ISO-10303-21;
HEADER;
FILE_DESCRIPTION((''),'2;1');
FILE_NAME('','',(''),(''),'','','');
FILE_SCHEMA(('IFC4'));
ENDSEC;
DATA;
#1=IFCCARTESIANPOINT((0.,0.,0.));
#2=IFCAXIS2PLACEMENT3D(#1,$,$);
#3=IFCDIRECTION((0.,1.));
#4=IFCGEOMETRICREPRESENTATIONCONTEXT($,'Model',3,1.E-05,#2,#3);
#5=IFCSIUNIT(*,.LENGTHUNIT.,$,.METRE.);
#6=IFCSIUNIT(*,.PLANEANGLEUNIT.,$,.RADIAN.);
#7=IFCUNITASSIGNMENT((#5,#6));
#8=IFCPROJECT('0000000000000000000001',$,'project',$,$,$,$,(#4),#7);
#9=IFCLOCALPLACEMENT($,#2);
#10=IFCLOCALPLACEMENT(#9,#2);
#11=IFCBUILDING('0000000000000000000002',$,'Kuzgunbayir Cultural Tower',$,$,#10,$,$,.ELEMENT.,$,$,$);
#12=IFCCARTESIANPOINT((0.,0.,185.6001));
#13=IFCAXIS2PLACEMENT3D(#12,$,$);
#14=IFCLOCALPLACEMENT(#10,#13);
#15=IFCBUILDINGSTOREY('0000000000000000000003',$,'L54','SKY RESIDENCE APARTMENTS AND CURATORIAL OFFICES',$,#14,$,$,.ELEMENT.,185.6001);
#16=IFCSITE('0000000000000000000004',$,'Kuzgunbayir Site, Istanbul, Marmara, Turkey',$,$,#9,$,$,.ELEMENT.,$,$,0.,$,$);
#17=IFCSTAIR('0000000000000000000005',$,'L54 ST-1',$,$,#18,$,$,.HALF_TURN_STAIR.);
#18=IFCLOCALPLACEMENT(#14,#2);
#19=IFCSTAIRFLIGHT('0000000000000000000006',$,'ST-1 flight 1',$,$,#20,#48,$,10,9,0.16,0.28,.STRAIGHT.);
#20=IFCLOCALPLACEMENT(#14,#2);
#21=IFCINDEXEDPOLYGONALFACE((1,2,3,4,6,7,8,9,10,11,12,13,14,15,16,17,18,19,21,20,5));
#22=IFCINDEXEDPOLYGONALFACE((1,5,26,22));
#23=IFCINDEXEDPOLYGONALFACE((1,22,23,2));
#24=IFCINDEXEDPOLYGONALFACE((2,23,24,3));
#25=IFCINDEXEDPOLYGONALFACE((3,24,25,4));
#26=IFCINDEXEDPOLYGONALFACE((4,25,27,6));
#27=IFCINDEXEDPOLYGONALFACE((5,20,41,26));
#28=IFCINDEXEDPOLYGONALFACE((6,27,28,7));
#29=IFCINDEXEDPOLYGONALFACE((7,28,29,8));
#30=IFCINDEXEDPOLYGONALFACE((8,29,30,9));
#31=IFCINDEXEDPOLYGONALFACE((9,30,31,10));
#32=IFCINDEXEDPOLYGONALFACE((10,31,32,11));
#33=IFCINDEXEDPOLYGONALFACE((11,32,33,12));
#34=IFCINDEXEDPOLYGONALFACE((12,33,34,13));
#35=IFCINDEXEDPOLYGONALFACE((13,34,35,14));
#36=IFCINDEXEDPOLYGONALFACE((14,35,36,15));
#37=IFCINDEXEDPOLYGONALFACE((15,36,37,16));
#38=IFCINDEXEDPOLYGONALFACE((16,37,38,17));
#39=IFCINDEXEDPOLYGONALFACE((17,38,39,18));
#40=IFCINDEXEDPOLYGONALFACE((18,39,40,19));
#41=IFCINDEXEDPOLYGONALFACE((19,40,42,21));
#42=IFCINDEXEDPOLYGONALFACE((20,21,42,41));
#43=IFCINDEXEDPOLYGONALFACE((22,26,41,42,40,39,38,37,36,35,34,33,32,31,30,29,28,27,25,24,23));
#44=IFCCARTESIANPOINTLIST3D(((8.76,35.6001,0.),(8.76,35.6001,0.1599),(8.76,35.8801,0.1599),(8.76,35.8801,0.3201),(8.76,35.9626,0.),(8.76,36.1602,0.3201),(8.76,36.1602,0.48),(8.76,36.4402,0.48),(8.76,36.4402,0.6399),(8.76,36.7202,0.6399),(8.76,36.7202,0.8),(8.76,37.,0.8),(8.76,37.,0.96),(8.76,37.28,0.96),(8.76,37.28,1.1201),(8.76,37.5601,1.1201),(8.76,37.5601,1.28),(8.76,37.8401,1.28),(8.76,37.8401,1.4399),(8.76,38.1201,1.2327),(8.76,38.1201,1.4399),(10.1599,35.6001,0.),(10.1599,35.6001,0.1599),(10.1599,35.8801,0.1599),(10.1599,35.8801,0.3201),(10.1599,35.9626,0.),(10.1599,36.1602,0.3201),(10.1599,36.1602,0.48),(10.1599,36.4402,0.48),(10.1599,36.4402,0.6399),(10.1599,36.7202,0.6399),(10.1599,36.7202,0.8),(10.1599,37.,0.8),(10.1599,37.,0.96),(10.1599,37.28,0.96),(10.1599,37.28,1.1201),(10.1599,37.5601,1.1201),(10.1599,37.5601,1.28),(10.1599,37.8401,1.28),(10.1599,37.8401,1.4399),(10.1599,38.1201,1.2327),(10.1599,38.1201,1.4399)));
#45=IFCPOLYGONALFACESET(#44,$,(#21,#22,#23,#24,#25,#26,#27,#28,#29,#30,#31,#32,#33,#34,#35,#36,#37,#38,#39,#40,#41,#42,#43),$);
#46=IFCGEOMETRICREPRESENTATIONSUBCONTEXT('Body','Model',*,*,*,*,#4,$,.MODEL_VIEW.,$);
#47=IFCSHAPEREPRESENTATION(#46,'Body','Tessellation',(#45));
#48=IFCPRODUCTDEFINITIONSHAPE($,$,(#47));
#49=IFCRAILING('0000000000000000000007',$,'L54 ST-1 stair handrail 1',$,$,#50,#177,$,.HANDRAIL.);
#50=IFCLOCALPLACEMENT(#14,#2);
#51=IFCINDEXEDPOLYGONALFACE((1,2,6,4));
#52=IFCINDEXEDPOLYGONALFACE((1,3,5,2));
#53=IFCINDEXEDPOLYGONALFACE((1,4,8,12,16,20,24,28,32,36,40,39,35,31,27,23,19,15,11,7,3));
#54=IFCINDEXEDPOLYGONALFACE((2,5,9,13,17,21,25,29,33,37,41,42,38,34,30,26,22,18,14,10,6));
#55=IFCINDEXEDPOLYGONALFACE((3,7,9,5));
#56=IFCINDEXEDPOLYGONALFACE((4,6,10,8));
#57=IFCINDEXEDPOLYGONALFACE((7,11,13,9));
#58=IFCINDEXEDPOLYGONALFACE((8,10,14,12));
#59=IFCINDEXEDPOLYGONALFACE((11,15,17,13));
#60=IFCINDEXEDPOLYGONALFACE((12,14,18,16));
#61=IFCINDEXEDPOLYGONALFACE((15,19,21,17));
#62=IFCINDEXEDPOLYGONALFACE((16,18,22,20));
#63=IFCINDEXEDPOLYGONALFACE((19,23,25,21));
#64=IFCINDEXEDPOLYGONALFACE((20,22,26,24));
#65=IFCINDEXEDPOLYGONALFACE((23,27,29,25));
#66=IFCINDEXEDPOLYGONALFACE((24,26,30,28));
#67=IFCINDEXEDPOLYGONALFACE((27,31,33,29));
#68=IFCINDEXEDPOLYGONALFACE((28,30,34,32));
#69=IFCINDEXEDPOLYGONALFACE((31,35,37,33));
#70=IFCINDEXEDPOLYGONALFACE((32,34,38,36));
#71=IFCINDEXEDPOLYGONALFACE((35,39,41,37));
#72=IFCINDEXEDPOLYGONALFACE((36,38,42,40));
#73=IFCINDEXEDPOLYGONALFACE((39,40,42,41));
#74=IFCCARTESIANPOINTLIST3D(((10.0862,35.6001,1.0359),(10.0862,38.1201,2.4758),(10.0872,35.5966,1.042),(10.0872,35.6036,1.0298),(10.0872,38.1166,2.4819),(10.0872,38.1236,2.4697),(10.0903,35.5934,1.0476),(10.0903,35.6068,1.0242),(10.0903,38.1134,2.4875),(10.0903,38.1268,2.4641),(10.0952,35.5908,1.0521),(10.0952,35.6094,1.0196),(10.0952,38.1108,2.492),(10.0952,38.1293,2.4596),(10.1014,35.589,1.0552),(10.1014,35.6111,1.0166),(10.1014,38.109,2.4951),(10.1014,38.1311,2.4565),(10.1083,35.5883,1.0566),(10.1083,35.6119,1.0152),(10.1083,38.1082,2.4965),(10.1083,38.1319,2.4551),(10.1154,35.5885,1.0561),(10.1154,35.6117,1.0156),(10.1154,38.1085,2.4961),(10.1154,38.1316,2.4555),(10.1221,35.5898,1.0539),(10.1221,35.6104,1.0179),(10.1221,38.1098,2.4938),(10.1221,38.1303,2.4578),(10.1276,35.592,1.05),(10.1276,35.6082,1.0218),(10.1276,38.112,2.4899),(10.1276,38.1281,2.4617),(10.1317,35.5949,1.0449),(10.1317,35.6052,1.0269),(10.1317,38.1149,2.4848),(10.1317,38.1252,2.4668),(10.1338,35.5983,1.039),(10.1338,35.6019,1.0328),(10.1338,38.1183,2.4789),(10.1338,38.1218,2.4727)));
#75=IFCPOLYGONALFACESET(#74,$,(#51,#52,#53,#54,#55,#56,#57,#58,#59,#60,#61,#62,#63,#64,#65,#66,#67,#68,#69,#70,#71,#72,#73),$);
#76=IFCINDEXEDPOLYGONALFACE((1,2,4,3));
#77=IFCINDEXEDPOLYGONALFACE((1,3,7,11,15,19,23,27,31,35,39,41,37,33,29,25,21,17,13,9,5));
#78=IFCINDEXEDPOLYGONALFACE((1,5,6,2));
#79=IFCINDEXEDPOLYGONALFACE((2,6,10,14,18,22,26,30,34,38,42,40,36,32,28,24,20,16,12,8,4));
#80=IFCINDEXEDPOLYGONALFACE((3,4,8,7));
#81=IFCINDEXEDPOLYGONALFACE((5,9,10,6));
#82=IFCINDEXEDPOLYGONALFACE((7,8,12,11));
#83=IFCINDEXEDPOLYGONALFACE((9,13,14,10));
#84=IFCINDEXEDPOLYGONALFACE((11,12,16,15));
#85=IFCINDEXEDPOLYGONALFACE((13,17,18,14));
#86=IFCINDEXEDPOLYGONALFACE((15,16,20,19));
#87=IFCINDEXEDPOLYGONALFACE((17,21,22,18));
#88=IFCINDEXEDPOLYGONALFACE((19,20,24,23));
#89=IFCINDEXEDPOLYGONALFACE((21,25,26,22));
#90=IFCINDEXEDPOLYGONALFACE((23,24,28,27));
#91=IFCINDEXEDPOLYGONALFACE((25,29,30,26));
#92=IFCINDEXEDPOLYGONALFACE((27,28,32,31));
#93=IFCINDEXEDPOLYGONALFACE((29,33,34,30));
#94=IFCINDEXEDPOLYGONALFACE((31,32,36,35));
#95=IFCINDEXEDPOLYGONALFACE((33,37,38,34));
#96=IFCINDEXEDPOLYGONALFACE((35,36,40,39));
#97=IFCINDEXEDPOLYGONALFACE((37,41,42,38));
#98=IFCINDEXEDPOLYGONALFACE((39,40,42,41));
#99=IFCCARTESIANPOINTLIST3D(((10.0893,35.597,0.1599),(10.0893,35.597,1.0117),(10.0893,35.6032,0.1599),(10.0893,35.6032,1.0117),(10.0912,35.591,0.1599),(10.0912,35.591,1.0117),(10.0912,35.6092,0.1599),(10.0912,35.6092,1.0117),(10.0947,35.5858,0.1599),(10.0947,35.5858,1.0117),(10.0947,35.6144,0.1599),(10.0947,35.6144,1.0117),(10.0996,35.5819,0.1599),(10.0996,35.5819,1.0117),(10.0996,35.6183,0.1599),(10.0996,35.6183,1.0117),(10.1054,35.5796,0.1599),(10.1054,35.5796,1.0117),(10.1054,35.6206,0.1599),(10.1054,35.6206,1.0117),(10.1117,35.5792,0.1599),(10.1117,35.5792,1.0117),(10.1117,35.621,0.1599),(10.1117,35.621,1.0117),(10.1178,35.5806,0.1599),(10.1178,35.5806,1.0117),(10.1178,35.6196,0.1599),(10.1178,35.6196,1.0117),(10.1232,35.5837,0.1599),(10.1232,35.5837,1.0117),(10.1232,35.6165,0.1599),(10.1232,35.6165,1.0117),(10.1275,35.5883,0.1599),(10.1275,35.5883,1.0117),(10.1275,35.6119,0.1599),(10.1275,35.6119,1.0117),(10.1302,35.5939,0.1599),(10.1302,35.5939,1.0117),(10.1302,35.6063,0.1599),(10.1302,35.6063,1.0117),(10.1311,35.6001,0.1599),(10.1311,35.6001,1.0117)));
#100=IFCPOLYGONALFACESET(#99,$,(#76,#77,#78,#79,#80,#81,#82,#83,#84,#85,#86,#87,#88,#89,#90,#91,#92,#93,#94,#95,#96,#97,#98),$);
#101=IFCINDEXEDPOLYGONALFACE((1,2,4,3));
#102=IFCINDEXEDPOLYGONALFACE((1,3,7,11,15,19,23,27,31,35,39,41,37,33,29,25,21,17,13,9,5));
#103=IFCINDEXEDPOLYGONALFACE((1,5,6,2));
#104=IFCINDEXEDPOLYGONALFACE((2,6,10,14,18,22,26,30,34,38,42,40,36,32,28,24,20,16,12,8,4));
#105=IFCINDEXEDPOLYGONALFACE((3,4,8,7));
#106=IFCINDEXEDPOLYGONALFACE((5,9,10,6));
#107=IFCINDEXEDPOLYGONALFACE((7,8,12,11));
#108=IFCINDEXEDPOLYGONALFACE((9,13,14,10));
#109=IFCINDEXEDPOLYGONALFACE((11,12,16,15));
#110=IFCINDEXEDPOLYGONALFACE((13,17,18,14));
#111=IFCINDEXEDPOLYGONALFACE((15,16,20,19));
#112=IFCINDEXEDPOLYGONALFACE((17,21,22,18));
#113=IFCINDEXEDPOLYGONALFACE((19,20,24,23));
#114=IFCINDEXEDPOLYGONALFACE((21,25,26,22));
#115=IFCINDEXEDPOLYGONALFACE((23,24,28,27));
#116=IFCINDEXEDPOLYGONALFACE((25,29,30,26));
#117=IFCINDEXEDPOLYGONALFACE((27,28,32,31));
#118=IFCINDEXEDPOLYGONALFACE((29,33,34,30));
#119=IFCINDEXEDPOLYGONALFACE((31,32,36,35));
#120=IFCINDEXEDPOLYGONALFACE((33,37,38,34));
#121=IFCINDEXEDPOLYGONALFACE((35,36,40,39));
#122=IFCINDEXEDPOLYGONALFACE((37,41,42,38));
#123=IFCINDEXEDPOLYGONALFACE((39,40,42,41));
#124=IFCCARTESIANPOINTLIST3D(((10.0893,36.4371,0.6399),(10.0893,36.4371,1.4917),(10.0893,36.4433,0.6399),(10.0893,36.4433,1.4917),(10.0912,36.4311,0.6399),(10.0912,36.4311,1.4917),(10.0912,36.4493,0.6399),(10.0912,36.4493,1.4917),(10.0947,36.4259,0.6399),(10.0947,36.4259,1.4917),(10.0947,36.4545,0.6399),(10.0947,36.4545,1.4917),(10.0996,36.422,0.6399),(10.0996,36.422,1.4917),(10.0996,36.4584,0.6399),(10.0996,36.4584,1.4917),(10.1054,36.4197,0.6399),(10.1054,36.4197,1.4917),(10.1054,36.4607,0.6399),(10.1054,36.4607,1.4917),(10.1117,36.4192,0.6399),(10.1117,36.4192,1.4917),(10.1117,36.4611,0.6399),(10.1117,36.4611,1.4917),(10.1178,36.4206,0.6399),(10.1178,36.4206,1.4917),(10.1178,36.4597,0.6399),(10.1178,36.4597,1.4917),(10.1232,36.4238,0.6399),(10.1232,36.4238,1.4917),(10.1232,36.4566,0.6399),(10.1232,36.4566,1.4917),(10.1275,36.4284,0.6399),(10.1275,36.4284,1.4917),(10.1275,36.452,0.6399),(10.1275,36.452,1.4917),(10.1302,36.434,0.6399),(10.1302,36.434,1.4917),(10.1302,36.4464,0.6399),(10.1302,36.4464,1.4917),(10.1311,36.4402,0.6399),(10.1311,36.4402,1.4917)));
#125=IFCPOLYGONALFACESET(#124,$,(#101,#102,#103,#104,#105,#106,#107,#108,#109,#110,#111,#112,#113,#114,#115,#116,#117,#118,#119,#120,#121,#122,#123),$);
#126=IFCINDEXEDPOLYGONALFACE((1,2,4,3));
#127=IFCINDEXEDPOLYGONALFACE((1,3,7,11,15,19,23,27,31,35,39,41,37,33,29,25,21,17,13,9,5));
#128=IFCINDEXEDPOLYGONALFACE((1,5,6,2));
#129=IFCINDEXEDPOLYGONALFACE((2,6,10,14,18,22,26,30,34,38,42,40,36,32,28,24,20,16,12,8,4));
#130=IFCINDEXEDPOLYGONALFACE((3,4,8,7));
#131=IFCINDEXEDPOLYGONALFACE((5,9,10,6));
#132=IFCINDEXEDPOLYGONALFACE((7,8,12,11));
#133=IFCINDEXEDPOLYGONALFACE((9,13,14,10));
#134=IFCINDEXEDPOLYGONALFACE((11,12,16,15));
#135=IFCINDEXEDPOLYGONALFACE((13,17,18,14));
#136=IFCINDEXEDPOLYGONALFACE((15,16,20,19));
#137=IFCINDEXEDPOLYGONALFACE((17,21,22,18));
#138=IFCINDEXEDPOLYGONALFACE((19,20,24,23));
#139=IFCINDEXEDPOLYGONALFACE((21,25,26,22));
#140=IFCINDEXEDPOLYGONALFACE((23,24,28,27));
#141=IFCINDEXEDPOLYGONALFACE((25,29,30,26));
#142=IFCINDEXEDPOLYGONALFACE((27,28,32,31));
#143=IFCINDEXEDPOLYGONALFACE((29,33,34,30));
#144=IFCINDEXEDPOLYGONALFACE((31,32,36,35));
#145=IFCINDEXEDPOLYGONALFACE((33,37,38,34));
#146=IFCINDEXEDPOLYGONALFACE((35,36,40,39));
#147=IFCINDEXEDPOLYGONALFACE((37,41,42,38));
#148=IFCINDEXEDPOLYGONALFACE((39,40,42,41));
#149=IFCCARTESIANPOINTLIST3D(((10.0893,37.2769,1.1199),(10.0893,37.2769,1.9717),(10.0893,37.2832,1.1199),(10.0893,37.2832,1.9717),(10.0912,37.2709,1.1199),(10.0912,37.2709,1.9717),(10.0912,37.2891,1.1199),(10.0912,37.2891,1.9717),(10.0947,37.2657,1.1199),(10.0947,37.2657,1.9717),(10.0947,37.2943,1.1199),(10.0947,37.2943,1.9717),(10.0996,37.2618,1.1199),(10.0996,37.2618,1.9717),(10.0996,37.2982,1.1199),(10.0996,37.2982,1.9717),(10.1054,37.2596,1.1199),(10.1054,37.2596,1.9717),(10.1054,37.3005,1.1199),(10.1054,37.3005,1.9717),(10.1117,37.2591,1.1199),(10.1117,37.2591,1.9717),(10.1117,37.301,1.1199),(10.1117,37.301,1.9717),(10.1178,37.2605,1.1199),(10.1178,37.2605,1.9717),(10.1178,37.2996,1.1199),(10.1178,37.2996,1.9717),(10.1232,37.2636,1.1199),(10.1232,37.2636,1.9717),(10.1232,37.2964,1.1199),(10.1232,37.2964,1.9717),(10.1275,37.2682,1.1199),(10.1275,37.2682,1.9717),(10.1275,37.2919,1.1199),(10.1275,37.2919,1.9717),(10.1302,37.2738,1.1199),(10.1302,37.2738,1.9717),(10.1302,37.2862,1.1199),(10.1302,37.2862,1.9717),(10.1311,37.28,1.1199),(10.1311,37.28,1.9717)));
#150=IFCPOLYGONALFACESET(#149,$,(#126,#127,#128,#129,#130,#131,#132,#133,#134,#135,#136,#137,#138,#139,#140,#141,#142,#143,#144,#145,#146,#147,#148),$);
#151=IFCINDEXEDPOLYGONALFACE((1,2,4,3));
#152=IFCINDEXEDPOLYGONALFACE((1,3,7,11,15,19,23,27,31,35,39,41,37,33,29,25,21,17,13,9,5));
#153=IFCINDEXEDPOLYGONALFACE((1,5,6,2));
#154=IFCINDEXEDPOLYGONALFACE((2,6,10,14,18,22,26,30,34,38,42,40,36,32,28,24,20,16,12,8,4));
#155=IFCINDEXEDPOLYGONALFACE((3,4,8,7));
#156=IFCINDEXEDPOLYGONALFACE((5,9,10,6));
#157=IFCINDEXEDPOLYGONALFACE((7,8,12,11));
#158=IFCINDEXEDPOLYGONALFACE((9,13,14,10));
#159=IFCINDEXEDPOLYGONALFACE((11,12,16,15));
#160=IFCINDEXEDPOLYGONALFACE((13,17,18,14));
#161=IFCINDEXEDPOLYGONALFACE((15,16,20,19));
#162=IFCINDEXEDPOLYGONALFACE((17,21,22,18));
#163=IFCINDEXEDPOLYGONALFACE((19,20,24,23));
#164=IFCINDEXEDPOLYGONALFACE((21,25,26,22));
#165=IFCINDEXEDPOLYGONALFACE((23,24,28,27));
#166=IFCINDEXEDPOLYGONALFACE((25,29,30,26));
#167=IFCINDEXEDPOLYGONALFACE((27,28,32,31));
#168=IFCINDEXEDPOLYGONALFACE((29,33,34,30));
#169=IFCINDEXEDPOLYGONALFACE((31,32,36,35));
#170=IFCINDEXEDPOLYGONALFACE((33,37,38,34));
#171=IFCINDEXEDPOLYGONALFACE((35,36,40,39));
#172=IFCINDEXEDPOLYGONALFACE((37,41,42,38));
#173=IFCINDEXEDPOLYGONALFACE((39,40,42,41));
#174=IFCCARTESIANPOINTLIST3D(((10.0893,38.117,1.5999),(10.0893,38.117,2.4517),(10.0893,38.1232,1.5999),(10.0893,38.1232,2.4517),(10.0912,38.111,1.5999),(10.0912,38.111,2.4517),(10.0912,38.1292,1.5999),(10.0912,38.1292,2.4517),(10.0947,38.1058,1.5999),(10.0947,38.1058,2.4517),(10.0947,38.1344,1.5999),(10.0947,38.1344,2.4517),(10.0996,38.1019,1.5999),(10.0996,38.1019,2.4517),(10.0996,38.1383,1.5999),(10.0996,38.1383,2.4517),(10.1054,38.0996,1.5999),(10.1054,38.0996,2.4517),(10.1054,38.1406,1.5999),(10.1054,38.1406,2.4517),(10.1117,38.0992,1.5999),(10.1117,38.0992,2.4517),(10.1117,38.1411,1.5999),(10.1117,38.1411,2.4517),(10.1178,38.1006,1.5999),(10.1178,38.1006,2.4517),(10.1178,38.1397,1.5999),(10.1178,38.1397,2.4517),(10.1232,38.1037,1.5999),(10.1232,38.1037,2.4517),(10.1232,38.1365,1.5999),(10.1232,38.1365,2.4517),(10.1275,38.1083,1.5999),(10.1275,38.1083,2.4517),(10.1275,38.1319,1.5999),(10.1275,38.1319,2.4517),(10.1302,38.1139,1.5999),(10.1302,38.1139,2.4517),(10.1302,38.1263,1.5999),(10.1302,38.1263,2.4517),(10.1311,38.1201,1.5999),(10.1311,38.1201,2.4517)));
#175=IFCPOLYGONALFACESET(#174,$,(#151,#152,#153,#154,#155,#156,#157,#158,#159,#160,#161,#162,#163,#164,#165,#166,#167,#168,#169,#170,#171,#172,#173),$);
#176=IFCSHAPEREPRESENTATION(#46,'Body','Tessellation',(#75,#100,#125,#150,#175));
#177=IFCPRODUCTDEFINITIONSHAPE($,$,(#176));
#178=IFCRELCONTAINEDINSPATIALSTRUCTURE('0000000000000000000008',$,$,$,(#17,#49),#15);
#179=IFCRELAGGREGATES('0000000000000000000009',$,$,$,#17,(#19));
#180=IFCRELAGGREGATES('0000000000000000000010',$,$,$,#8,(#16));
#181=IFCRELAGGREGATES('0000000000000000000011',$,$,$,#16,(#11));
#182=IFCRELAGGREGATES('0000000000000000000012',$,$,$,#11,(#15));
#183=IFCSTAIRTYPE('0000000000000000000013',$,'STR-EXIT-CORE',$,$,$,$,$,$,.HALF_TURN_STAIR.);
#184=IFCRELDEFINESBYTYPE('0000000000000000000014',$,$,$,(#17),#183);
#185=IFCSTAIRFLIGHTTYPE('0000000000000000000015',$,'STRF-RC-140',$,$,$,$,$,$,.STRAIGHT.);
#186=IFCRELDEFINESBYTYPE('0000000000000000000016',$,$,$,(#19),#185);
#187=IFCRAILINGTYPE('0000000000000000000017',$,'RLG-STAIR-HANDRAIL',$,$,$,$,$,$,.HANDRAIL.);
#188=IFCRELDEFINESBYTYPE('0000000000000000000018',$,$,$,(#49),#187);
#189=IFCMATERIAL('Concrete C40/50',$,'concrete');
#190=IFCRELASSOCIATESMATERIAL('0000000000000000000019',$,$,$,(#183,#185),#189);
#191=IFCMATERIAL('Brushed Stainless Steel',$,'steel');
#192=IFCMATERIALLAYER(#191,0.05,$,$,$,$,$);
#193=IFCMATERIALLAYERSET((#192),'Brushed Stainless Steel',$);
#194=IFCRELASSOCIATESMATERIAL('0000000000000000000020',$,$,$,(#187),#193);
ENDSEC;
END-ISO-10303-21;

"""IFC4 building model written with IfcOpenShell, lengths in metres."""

from ifc_helpers import new_model, si_unit, direction, frame, origin, origin_2d, place, context, subcontext, project, spatial, polyline, circle, outline, extrude, material, layer, layer_set, type_object, element, aggregate, save


model = new_model("IFC4")

# Units and contexts
model_context = context("Model", 3, precision=1e-05, world=origin(), true_north=direction((0.0, 1.0)))
body_context = subcontext(model_context, "Body", "Model", "MODEL_VIEW")
ifc_project = project(units=[si_unit("LENGTHUNIT", "METRE"), si_unit("PLANEANGLEUNIT", "RADIAN")], contexts=[model_context])

# Site, building, storey
site_placement = place(None, origin())
site = spatial("IfcSite", under=ifc_project, at=site_placement, Name="Kuzgunbayir Site, Istanbul, Marmara, Turkey", CompositionType="ELEMENT", RefElevation=0.0)
building_placement = place(site_placement, origin())
building = spatial("IfcBuilding", under=site, at=building_placement, Name="Kuzgunbayir Cultural Tower", CompositionType="ELEMENT")
storey_placement = place(building_placement, frame((0.0, 0.0, 185.6001)))
storey = spatial("IfcBuildingStorey", under=building, at=storey_placement, Name="L54", Description="SKY RESIDENCE APARTMENTS AND CURATORIAL OFFICES", CompositionType="ELEMENT", Elevation=185.6001)

# Shared definitions
ifc_material_1 = material(Name="Concrete C40/50", Category="concrete")

# Shared definitions
ifc_material_2 = material(Name="Brushed Stainless Steel", Category="steel")

# Stair, stair flight
stair_type = type_object("IfcStairType", Name="STR-EXIT-CORE", PredefinedType="HALF_TURN_STAIR", material=ifc_material_1)
stair_placement = place(storey_placement, origin())
stair = element("IfcStair", 1, at=stair_placement, inside=storey, type_object=stair_type, Name="L54 ST-1", PredefinedType="HALF_TURN_STAIR")
stair_flight_type = type_object("IfcStairFlightType", Name="STRF-RC-140", PredefinedType="STRAIGHT", material=ifc_material_1)
stair_flight_placement = place(storey_placement, frame((9.46, 35.6001, 0.0), z_axis=(0.0, 0.0, 1.0), x_axis=(0.0, 1.0, 0.0)))
stair_flight = element("IfcStairFlight", 2, at=stair_flight_placement, type_object=stair_flight_type, Name="ST-1 flight 1", NumberOfRisers=10, NumberOfTreads=9, PredefinedType="STRAIGHT", RiserHeight=0.16, TreadLength=0.28, context=body_context, shape_type="SweptSolid", body=[
    extrude(outline(polyline([(0.0, 0.0), (0.0, 0.1599), (0.28, 0.1599), (0.28, 0.3201), (0.5601, 0.3201), (0.5601, 0.48), (0.8401, 0.48), (0.8401, 0.6399), (1.1201, 0.6399), (1.1201, 0.8), (1.3999, 0.8), (1.3999, 0.96), (1.6799, 0.96), (1.6799, 1.1201), (1.96, 1.1201), (1.96, 1.28), (2.24, 1.28), (2.24, 1.4399), (2.52, 1.4399), (2.52, 1.6001), (2.52, 1.2327), (0.3625, 0.0), (0.0, 0.0)])), frame((0.0, 0.7, 0.0), z_axis=(0.0, -1.0, 0.0), x_axis=(1.0, 0.0, 0.0)), (0.0, 0.0, 1.0), 1.3999),
])
aggregate(stair, [stair_flight])

# Railing
ifc_layer_1 = layer(ifc_material_2, 0.05)
ifc_layer_set_1 = layer_set([ifc_layer_1], Name="Brushed Stainless Steel")
railing_type_1 = type_object("IfcRailingType", Name="RLG-STAIR-HANDRAIL", PredefinedType="HANDRAIL", material=ifc_layer_set_1)
railing_1_placement = place(storey_placement, frame((10.1101, 35.6001, 0.1599)))
element("IfcRailing", 3, at=railing_1_placement, inside=storey, type_object=railing_type_1, Name="L54 ST-1 stair handrail 1", PredefinedType="HANDRAIL", context=body_context, shape_type="SweptSolid", body=[
    extrude(circle(Radius=0.0239, at=origin_2d()), frame((0.0, 0.0, 0.876), z_axis=(0.0, 0.868253, 0.496121), x_axis=(-1.0, 0.0, 0.0)), (0.0, 0.0, 1.0), 2.9023),
    extrude(circle(Radius=0.021, at=origin_2d()), origin(), (0.0, 0.0, 1.0), 0.8518),
    extrude(circle(Radius=0.021, at=origin_2d()), frame((0.0, 0.8401, 0.48)), (0.0, 0.0, 1.0), 0.8518),
    extrude(circle(Radius=0.021, at=origin_2d()), frame((0.0, 1.6799, 0.96)), (0.0, 0.0, 1.0), 0.8518),
    extrude(circle(Radius=0.021, at=origin_2d()), frame((0.0, 2.52, 1.4399)), (0.0, 0.0, 1.0), 0.8518),
])

save(model, "model.ifc")
